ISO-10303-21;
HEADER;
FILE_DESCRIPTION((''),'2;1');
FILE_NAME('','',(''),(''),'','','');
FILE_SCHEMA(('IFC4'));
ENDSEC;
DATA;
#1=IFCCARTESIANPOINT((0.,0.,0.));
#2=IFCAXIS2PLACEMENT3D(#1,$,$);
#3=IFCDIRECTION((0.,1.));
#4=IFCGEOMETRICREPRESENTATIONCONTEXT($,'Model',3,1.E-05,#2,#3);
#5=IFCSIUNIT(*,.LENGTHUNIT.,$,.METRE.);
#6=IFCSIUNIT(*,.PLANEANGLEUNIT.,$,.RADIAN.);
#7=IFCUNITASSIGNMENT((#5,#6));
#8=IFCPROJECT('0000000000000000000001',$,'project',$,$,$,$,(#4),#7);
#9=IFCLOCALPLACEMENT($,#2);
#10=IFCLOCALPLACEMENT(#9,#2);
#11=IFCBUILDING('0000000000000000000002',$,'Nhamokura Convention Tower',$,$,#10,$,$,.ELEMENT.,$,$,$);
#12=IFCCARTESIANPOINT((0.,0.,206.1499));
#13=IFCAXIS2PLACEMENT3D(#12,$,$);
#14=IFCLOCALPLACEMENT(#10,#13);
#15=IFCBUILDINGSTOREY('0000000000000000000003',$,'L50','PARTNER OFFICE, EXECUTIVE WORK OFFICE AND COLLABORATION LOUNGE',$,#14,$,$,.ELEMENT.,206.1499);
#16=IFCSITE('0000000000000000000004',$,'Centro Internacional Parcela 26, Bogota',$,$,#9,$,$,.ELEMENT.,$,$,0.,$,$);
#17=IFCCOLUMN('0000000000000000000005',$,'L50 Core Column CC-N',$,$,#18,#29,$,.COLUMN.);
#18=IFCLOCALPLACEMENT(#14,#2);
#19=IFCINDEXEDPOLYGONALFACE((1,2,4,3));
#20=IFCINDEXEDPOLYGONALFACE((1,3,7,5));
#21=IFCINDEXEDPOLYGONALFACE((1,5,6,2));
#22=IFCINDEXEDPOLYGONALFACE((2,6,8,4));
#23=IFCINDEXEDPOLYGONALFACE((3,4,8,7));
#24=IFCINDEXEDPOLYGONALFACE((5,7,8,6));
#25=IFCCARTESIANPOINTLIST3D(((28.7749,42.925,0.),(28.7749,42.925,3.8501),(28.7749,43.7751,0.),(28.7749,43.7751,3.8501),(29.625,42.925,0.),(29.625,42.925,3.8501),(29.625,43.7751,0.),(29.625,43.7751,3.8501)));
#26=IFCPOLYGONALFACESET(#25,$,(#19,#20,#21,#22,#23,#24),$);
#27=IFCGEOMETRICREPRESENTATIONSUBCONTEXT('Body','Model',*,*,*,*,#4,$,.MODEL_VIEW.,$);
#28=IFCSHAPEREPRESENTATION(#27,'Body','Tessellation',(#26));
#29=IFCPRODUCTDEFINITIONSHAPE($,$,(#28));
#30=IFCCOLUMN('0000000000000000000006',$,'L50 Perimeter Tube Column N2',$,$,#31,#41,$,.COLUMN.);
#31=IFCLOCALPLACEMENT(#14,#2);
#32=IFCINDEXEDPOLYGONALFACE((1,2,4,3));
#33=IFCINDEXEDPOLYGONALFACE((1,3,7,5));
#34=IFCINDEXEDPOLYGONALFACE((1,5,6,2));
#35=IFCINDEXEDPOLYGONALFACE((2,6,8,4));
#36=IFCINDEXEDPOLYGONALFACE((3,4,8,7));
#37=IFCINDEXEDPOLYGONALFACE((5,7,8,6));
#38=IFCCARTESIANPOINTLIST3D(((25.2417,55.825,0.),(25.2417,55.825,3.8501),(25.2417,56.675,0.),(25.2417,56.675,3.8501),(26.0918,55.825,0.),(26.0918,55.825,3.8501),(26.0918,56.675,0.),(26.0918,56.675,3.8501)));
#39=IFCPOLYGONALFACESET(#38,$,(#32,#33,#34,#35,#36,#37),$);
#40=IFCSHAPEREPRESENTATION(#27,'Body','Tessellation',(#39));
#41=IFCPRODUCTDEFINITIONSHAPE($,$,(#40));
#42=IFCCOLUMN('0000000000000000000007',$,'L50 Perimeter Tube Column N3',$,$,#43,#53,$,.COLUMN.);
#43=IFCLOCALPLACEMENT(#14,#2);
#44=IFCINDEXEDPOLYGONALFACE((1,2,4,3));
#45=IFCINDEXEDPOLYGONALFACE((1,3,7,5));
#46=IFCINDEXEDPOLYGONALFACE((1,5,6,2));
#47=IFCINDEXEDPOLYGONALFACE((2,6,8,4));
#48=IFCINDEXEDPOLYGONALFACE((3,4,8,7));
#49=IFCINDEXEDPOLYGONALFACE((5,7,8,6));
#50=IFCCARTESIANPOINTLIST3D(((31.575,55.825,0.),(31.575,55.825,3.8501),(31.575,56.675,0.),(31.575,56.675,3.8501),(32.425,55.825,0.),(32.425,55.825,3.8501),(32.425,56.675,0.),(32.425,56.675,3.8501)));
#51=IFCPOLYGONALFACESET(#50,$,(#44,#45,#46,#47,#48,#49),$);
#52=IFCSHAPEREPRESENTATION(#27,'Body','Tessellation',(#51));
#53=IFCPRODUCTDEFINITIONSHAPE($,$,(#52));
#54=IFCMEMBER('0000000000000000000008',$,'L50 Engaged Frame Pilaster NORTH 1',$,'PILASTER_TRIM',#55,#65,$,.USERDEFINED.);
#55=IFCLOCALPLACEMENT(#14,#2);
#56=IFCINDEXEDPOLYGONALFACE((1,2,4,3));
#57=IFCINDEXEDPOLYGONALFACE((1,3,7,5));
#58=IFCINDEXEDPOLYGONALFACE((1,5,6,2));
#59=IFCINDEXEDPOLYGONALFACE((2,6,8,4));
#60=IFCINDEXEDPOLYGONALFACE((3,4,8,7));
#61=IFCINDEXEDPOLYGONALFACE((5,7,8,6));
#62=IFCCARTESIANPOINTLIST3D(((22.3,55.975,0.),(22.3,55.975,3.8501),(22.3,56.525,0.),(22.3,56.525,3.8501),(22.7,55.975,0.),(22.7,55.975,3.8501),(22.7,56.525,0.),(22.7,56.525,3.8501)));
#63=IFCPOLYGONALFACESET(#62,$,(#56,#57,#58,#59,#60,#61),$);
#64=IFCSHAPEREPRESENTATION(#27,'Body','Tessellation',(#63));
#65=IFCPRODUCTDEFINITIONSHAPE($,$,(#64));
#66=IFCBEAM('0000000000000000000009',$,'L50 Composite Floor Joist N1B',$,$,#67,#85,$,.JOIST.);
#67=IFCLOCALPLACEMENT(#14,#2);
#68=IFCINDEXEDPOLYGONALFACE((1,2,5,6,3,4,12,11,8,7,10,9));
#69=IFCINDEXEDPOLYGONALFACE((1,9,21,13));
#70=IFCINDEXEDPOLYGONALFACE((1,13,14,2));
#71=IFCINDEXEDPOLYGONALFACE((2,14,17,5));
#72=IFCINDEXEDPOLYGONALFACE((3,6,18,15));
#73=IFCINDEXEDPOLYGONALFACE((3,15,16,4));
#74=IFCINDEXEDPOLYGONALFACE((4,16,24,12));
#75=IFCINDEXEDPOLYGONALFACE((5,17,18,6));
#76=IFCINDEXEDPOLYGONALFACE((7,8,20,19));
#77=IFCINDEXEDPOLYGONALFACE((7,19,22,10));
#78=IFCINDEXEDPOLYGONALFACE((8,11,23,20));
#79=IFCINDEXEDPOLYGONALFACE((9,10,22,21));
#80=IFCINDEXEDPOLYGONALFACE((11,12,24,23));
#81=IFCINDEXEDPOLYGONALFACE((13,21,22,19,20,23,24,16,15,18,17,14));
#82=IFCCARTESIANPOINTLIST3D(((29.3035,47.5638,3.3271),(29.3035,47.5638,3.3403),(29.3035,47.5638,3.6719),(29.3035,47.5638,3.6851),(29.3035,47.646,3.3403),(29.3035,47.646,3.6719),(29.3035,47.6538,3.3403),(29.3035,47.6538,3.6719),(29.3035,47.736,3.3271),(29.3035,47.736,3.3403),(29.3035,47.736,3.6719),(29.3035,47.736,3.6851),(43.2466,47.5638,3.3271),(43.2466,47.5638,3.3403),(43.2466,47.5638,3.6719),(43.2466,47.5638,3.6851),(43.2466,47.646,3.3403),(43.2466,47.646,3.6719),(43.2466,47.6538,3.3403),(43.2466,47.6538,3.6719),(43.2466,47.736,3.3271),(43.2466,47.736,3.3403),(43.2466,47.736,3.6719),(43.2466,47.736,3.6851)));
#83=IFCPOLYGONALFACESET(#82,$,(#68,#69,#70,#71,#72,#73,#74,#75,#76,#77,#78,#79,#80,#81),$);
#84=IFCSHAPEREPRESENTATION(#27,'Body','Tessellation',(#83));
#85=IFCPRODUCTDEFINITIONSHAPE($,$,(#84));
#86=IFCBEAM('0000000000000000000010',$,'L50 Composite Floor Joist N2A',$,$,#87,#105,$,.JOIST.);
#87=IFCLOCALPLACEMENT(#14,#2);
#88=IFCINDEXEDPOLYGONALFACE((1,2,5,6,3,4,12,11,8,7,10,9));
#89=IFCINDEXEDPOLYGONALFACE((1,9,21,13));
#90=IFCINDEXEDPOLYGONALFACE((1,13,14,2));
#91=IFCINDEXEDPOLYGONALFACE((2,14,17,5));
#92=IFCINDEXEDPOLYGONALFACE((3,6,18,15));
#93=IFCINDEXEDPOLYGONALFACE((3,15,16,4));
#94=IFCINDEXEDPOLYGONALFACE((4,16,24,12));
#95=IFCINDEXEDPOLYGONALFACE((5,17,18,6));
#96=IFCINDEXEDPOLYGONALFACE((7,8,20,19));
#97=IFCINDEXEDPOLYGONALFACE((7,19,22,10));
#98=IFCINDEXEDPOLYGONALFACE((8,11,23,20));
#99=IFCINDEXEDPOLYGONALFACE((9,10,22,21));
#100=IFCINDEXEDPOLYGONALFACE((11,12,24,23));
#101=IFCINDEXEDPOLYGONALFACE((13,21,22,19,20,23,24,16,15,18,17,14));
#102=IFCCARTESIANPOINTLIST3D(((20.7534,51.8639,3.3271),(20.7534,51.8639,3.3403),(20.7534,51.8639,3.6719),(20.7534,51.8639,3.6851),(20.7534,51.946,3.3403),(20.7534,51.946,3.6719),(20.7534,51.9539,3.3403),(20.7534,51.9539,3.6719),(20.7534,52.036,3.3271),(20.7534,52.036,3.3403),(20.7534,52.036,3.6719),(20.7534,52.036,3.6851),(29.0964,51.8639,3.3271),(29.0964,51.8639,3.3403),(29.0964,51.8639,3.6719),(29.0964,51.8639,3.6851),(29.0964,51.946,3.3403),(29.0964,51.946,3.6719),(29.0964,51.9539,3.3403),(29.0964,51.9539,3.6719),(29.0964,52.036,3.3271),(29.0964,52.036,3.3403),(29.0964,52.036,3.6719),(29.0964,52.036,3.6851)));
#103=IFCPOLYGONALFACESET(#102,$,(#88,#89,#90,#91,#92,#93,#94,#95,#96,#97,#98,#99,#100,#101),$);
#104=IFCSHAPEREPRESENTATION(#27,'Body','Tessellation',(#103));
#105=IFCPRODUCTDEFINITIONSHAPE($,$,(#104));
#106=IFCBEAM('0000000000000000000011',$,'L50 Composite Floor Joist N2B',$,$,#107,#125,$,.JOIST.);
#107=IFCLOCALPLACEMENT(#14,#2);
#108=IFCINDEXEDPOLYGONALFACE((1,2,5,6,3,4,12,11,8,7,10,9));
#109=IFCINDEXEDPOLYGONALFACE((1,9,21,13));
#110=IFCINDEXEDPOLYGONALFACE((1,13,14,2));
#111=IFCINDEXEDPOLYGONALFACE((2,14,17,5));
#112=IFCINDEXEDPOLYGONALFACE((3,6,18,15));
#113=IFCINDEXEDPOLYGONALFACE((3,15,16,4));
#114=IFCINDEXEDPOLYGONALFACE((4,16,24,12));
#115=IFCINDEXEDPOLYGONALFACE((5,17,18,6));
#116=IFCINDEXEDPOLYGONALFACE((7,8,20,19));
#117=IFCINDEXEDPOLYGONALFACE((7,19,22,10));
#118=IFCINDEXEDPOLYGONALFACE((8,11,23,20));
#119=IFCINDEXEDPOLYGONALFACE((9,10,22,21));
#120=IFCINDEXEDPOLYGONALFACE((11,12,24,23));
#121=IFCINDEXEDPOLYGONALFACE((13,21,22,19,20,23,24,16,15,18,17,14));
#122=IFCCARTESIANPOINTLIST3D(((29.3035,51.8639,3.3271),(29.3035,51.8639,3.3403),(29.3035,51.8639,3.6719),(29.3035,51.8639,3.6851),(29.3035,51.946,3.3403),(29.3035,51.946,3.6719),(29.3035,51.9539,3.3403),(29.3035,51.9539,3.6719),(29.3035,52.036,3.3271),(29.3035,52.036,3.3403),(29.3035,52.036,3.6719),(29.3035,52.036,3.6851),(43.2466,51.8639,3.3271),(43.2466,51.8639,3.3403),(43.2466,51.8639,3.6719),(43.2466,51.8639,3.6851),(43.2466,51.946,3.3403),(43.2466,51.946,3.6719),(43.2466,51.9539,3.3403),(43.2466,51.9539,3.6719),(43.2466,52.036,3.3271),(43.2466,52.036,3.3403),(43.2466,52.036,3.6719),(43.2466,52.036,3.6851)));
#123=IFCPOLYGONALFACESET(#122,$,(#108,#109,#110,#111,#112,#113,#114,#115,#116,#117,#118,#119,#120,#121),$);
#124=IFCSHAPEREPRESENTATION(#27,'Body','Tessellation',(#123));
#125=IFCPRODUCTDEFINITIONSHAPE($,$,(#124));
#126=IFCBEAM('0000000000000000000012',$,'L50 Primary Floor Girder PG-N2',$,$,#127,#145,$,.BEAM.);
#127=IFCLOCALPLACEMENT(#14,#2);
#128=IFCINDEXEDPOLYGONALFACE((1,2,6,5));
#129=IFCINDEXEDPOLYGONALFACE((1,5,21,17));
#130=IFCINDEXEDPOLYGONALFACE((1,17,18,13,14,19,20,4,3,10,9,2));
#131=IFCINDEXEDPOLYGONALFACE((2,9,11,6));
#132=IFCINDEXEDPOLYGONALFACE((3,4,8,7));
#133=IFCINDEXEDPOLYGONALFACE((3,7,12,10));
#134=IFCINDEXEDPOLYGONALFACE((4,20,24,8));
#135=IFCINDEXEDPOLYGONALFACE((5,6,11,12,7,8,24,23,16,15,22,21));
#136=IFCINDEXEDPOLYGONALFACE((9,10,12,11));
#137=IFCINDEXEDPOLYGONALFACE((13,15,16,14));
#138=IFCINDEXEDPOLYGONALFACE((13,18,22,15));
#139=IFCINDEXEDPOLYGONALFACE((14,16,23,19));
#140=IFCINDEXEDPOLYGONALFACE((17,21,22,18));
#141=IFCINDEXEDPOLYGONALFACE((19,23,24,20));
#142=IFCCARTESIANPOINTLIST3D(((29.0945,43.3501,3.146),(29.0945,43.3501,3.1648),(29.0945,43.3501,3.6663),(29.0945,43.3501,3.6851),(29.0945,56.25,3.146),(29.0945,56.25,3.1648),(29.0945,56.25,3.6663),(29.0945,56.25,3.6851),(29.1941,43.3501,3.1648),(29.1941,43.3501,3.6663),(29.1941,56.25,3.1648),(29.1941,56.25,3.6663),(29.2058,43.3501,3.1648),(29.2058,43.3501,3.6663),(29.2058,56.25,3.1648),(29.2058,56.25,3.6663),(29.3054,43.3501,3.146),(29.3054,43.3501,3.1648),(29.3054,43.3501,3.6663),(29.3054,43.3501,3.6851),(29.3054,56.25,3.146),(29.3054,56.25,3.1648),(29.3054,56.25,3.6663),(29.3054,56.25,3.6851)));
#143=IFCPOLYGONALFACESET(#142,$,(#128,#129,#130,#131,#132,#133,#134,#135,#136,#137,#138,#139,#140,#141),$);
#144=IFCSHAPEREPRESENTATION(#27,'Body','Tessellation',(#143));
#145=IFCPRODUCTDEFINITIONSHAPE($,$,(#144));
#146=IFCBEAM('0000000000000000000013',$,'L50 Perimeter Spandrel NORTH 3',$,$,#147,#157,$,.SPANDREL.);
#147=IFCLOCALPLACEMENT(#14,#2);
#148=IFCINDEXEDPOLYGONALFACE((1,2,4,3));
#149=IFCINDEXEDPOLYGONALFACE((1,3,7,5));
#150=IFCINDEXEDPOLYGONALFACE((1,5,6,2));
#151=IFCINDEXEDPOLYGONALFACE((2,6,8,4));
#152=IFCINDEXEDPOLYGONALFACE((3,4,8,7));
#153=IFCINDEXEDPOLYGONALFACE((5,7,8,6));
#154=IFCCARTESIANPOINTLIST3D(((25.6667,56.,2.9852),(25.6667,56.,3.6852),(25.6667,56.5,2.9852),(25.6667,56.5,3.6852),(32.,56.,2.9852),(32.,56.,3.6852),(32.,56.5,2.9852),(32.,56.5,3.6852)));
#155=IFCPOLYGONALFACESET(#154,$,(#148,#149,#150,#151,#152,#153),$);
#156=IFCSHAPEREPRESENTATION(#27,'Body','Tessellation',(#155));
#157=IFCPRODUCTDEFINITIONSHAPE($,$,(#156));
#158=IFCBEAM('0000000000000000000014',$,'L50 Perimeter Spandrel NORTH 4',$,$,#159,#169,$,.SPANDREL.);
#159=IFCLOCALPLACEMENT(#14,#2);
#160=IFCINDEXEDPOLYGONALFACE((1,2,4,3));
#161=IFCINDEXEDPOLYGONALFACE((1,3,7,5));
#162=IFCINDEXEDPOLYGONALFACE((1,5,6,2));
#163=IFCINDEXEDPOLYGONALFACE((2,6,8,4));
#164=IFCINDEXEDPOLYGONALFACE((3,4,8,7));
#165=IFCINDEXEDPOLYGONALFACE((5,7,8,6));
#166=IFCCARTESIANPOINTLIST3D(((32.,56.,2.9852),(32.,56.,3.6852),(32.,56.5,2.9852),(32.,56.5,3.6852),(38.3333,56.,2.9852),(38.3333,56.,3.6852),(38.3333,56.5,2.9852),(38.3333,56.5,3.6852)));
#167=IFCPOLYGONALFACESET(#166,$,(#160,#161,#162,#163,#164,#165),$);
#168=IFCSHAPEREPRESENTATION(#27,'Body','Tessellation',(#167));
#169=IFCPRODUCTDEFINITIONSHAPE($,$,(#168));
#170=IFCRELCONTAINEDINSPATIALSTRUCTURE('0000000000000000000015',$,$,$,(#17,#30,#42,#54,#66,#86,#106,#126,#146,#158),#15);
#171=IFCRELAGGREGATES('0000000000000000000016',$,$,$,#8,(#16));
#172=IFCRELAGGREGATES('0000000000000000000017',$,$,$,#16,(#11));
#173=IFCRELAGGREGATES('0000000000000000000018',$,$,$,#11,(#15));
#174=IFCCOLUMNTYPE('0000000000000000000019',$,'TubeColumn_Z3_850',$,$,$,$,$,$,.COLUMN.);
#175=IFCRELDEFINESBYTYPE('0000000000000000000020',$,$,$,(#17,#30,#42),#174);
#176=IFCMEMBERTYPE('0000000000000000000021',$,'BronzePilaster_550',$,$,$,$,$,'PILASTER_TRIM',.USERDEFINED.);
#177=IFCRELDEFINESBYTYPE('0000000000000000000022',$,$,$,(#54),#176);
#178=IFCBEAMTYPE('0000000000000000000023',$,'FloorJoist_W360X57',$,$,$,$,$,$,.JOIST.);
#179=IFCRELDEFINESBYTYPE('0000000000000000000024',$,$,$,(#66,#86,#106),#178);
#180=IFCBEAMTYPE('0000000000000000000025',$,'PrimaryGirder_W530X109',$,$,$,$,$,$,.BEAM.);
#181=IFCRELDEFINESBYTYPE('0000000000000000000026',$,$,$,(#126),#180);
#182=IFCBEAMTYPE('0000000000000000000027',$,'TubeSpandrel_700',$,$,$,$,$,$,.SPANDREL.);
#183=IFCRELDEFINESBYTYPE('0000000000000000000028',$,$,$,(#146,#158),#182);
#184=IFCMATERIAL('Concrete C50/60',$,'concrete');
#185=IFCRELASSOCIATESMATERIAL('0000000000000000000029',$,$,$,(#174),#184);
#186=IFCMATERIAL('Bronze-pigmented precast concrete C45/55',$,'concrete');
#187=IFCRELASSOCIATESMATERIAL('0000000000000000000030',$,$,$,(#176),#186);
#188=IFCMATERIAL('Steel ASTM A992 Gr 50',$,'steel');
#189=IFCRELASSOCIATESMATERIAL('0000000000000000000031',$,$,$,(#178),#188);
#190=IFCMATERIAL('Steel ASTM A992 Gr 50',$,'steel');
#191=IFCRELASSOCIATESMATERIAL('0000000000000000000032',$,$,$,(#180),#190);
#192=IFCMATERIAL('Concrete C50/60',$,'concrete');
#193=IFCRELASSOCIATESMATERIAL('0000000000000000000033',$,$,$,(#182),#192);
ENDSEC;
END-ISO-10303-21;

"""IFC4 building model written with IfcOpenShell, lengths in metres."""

from ifc_helpers import new_model, si_unit, direction, frame, origin, origin_2d, place, context, subcontext, project, spatial, rectangle, i_section, extrude, material, material_profile, profile_set, type_object, element, save


model = new_model("IFC4")

# Units and contexts
model_context = context("Model", 3, precision=1e-05, world=origin(), true_north=direction((0.0, 1.0)))
body_context = subcontext(model_context, "Body", "Model", "MODEL_VIEW")
ifc_project = project(units=[si_unit("LENGTHUNIT", "METRE"), si_unit("PLANEANGLEUNIT", "RADIAN")], contexts=[model_context])

# Site, building, storey
site_placement = place(None, origin())
site = spatial("IfcSite", under=ifc_project, at=site_placement, Name="Centro Internacional Parcela 26, Bogota", CompositionType="ELEMENT", RefElevation=0.0)
building_placement = place(site_placement, origin())
building = spatial("IfcBuilding", under=site, at=building_placement, Name="Nhamokura Convention Tower", CompositionType="ELEMENT")
storey_placement = place(building_placement, frame((0.0, 0.0, 206.1499)))
storey = spatial("IfcBuildingStorey", under=building, at=storey_placement, Name="L50", Description="PARTNER OFFICE, EXECUTIVE WORK OFFICE AND COLLABORATION LOUNGE", CompositionType="ELEMENT", Elevation=206.1499)

# Columns
ifc_material_1 = material(Name="Concrete C50/60", Category="concrete")
ifc_material_profile_1 = material_profile(ifc_material_1, rectangle(XDim=0.8501, YDim=0.8501, at=origin_2d()))
ifc_profile_set_1 = profile_set([ifc_material_profile_1], Name="Concrete C50/60")
column_type = type_object("IfcColumnType", Name="TubeColumn_Z3_850", PredefinedType="COLUMN", material=ifc_profile_set_1)
for number, where, z_axis, x_axis, name in (
    (1, (29.2, 43.3501, 0.0), (0.0, 0.0, 1.0), (1.0, 0.0, 0.0), "L50 Core Column CC-N"),
    (2, (25.6667, 56.25, 0.0), (0.0, 0.0, 1.0), (1.0, 0.0, 0.0), "L50 Perimeter Tube Column N2"),
    (3, (32.0, 56.25, 0.0), (0.0, 0.0, 1.0), (1.0, 0.0, 0.0), "L50 Perimeter Tube Column N3"),
):
    element("IfcColumn", number, at=place(storey_placement, frame(where, z_axis=z_axis, x_axis=x_axis)), inside=storey, type_object=column_type, Name=name, PredefinedType="COLUMN", context=body_context, shape_type="SweptSolid", body=[
        extrude(rectangle(XDim=0.8501, YDim=0.8501, at=origin_2d()), origin(), (0.0, 0.0, 1.0), 3.8501),
    ])

# Member
ifc_material_2 = material(Name="Bronze-pigmented precast concrete C45/55", Category="concrete")
ifc_material_profile_2 = material_profile(ifc_material_2, rectangle(XDim=0.3999, YDim=0.55, at=origin_2d()))
ifc_profile_set_2 = profile_set([ifc_material_profile_2], Name="Bronze-pigmented precast concrete C45/55")
member_type = type_object("IfcMemberType", Name="BronzePilaster_550", ElementType="PILASTER_TRIM", PredefinedType="USERDEFINED", material=ifc_profile_set_2)
member_placement = place(storey_placement, frame((22.5, 56.25, 0.0), z_axis=(0.0, 0.0, 1.0), x_axis=(1.0, 0.0, 0.0)))
element("IfcMember", 4, at=member_placement, inside=storey, type_object=member_type, Name="L50 Engaged Frame Pilaster NORTH 1", ObjectType="PILASTER_TRIM", PredefinedType="USERDEFINED", context=body_context, shape_type="SweptSolid", body=[
    extrude(rectangle(XDim=0.3999, YDim=0.55, at=origin_2d()), origin(), (0.0, 0.0, 1.0), 3.8501),
])

# Beams
ifc_material_3 = material(Name="Steel ASTM A992 Gr 50", Category="steel")
ifc_material_profile_3 = material_profile(ifc_material_3, i_section(OverallWidth=0.1721, OverallDepth=0.3579, WebThickness=0.0078, FlangeThickness=0.0132, at=origin_2d()))
ifc_profile_set_3 = profile_set([ifc_material_profile_3], Name="Steel ASTM A992 Gr 50")
beam_type_1 = type_object("IfcBeamType", Name="FloorJoist_W360X57", PredefinedType="JOIST", material=ifc_profile_set_3)
beam_1_placement = place(storey_placement, frame((29.3035, 47.6499, 3.5061), z_axis=(1.0, 0.0, 0.0), x_axis=(0.0, 1.0, 0.0)))
element("IfcBeam", 5, at=beam_1_placement, inside=storey, type_object=beam_type_1, Name="L50 Composite Floor Joist N1B", PredefinedType="JOIST", context=body_context, shape_type="SweptSolid", body=[
    extrude(i_section(OverallWidth=0.1721, OverallDepth=0.3579, WebThickness=0.0078, FlangeThickness=0.0132, at=origin_2d()), origin(), (0.0, 0.0, 1.0), 13.9431),
])
beam_2_placement = place(storey_placement, frame((20.7534, 51.95, 3.5061), z_axis=(1.0, 0.0, 0.0), x_axis=(0.0, 1.0, 0.0)))
element("IfcBeam", 6, at=beam_2_placement, inside=storey, type_object=beam_type_1, Name="L50 Composite Floor Joist N2A", PredefinedType="JOIST", context=body_context, shape_type="SweptSolid", body=[
    extrude(i_section(OverallWidth=0.1721, OverallDepth=0.3579, WebThickness=0.0078, FlangeThickness=0.0132, at=origin_2d()), origin(), (0.0, 0.0, 1.0), 8.343),
])
beam_3_placement = place(storey_placement, frame((29.3035, 51.95, 3.5061), z_axis=(1.0, 0.0, 0.0), x_axis=(0.0, 1.0, 0.0)))
element("IfcBeam", 7, at=beam_3_placement, inside=storey, type_object=beam_type_1, Name="L50 Composite Floor Joist N2B", PredefinedType="JOIST", context=body_context, shape_type="SweptSolid", body=[
    extrude(i_section(OverallWidth=0.1721, OverallDepth=0.3579, WebThickness=0.0078, FlangeThickness=0.0132, at=origin_2d()), origin(), (0.0, 0.0, 1.0), 13.9431),
])
ifc_material_4 = material(Name="Steel ASTM A992 Gr 50", Category="steel")
ifc_material_profile_4 = material_profile(ifc_material_4, i_section(OverallWidth=0.2109, OverallDepth=0.5391, WebThickness=0.0117, FlangeThickness=0.0188, at=origin_2d()))
ifc_profile_set_4 = profile_set([ifc_material_profile_4], Name="Steel ASTM A992 Gr 50")
beam_type_2 = type_object("IfcBeamType", Name="PrimaryGirder_W530X109", PredefinedType="BEAM", material=ifc_profile_set_4)
beam_4_placement = place(storey_placement, frame((29.2, 43.3501, 3.4155), z_axis=(0.0, 1.0, 0.0), x_axis=(-1.0, 0.0, 0.0)))
element("IfcBeam", 8, at=beam_4_placement, inside=storey, type_object=beam_type_2, Name="L50 Primary Floor Girder PG-N2", PredefinedType="BEAM", context=body_context, shape_type="SweptSolid", body=[
    extrude(i_section(OverallWidth=0.2109, OverallDepth=0.5391, WebThickness=0.0117, FlangeThickness=0.0188, at=origin_2d()), origin(), (0.0, 0.0, 1.0), 12.8999),
])
ifc_material_5 = material(Name="Concrete C50/60", Category="concrete")
ifc_material_profile_5 = material_profile(ifc_material_5, rectangle(XDim=0.5, YDim=0.7, at=origin_2d()))
ifc_profile_set_5 = profile_set([ifc_material_profile_5], Name="Concrete C50/60")
beam_type_3 = type_object("IfcBeamType", Name="TubeSpandrel_700", PredefinedType="SPANDREL", material=ifc_profile_set_5)
for number, where, z_axis, x_axis, name in (
    (9, (25.6667, 56.25, 3.3352), (1.0, 0.0, 0.0), (0.0, 1.0, 0.0), "L50 Perimeter Spandrel NORTH 3"),
    (10, (32.0, 56.25, 3.3352), (1.0, 0.0, 0.0), (0.0, 1.0, 0.0), "L50 Perimeter Spandrel NORTH 4"),
):
    element("IfcBeam", number, at=place(storey_placement, frame(where, z_axis=z_axis, x_axis=x_axis)), inside=storey, type_object=beam_type_3, Name=name, PredefinedType="SPANDREL", context=body_context, shape_type="SweptSolid", body=[
        extrude(rectangle(XDim=0.5, YDim=0.7, at=origin_2d()), origin(), (0.0, 0.0, 1.0), 6.3333),
    ])

save(model, "model.ifc")
